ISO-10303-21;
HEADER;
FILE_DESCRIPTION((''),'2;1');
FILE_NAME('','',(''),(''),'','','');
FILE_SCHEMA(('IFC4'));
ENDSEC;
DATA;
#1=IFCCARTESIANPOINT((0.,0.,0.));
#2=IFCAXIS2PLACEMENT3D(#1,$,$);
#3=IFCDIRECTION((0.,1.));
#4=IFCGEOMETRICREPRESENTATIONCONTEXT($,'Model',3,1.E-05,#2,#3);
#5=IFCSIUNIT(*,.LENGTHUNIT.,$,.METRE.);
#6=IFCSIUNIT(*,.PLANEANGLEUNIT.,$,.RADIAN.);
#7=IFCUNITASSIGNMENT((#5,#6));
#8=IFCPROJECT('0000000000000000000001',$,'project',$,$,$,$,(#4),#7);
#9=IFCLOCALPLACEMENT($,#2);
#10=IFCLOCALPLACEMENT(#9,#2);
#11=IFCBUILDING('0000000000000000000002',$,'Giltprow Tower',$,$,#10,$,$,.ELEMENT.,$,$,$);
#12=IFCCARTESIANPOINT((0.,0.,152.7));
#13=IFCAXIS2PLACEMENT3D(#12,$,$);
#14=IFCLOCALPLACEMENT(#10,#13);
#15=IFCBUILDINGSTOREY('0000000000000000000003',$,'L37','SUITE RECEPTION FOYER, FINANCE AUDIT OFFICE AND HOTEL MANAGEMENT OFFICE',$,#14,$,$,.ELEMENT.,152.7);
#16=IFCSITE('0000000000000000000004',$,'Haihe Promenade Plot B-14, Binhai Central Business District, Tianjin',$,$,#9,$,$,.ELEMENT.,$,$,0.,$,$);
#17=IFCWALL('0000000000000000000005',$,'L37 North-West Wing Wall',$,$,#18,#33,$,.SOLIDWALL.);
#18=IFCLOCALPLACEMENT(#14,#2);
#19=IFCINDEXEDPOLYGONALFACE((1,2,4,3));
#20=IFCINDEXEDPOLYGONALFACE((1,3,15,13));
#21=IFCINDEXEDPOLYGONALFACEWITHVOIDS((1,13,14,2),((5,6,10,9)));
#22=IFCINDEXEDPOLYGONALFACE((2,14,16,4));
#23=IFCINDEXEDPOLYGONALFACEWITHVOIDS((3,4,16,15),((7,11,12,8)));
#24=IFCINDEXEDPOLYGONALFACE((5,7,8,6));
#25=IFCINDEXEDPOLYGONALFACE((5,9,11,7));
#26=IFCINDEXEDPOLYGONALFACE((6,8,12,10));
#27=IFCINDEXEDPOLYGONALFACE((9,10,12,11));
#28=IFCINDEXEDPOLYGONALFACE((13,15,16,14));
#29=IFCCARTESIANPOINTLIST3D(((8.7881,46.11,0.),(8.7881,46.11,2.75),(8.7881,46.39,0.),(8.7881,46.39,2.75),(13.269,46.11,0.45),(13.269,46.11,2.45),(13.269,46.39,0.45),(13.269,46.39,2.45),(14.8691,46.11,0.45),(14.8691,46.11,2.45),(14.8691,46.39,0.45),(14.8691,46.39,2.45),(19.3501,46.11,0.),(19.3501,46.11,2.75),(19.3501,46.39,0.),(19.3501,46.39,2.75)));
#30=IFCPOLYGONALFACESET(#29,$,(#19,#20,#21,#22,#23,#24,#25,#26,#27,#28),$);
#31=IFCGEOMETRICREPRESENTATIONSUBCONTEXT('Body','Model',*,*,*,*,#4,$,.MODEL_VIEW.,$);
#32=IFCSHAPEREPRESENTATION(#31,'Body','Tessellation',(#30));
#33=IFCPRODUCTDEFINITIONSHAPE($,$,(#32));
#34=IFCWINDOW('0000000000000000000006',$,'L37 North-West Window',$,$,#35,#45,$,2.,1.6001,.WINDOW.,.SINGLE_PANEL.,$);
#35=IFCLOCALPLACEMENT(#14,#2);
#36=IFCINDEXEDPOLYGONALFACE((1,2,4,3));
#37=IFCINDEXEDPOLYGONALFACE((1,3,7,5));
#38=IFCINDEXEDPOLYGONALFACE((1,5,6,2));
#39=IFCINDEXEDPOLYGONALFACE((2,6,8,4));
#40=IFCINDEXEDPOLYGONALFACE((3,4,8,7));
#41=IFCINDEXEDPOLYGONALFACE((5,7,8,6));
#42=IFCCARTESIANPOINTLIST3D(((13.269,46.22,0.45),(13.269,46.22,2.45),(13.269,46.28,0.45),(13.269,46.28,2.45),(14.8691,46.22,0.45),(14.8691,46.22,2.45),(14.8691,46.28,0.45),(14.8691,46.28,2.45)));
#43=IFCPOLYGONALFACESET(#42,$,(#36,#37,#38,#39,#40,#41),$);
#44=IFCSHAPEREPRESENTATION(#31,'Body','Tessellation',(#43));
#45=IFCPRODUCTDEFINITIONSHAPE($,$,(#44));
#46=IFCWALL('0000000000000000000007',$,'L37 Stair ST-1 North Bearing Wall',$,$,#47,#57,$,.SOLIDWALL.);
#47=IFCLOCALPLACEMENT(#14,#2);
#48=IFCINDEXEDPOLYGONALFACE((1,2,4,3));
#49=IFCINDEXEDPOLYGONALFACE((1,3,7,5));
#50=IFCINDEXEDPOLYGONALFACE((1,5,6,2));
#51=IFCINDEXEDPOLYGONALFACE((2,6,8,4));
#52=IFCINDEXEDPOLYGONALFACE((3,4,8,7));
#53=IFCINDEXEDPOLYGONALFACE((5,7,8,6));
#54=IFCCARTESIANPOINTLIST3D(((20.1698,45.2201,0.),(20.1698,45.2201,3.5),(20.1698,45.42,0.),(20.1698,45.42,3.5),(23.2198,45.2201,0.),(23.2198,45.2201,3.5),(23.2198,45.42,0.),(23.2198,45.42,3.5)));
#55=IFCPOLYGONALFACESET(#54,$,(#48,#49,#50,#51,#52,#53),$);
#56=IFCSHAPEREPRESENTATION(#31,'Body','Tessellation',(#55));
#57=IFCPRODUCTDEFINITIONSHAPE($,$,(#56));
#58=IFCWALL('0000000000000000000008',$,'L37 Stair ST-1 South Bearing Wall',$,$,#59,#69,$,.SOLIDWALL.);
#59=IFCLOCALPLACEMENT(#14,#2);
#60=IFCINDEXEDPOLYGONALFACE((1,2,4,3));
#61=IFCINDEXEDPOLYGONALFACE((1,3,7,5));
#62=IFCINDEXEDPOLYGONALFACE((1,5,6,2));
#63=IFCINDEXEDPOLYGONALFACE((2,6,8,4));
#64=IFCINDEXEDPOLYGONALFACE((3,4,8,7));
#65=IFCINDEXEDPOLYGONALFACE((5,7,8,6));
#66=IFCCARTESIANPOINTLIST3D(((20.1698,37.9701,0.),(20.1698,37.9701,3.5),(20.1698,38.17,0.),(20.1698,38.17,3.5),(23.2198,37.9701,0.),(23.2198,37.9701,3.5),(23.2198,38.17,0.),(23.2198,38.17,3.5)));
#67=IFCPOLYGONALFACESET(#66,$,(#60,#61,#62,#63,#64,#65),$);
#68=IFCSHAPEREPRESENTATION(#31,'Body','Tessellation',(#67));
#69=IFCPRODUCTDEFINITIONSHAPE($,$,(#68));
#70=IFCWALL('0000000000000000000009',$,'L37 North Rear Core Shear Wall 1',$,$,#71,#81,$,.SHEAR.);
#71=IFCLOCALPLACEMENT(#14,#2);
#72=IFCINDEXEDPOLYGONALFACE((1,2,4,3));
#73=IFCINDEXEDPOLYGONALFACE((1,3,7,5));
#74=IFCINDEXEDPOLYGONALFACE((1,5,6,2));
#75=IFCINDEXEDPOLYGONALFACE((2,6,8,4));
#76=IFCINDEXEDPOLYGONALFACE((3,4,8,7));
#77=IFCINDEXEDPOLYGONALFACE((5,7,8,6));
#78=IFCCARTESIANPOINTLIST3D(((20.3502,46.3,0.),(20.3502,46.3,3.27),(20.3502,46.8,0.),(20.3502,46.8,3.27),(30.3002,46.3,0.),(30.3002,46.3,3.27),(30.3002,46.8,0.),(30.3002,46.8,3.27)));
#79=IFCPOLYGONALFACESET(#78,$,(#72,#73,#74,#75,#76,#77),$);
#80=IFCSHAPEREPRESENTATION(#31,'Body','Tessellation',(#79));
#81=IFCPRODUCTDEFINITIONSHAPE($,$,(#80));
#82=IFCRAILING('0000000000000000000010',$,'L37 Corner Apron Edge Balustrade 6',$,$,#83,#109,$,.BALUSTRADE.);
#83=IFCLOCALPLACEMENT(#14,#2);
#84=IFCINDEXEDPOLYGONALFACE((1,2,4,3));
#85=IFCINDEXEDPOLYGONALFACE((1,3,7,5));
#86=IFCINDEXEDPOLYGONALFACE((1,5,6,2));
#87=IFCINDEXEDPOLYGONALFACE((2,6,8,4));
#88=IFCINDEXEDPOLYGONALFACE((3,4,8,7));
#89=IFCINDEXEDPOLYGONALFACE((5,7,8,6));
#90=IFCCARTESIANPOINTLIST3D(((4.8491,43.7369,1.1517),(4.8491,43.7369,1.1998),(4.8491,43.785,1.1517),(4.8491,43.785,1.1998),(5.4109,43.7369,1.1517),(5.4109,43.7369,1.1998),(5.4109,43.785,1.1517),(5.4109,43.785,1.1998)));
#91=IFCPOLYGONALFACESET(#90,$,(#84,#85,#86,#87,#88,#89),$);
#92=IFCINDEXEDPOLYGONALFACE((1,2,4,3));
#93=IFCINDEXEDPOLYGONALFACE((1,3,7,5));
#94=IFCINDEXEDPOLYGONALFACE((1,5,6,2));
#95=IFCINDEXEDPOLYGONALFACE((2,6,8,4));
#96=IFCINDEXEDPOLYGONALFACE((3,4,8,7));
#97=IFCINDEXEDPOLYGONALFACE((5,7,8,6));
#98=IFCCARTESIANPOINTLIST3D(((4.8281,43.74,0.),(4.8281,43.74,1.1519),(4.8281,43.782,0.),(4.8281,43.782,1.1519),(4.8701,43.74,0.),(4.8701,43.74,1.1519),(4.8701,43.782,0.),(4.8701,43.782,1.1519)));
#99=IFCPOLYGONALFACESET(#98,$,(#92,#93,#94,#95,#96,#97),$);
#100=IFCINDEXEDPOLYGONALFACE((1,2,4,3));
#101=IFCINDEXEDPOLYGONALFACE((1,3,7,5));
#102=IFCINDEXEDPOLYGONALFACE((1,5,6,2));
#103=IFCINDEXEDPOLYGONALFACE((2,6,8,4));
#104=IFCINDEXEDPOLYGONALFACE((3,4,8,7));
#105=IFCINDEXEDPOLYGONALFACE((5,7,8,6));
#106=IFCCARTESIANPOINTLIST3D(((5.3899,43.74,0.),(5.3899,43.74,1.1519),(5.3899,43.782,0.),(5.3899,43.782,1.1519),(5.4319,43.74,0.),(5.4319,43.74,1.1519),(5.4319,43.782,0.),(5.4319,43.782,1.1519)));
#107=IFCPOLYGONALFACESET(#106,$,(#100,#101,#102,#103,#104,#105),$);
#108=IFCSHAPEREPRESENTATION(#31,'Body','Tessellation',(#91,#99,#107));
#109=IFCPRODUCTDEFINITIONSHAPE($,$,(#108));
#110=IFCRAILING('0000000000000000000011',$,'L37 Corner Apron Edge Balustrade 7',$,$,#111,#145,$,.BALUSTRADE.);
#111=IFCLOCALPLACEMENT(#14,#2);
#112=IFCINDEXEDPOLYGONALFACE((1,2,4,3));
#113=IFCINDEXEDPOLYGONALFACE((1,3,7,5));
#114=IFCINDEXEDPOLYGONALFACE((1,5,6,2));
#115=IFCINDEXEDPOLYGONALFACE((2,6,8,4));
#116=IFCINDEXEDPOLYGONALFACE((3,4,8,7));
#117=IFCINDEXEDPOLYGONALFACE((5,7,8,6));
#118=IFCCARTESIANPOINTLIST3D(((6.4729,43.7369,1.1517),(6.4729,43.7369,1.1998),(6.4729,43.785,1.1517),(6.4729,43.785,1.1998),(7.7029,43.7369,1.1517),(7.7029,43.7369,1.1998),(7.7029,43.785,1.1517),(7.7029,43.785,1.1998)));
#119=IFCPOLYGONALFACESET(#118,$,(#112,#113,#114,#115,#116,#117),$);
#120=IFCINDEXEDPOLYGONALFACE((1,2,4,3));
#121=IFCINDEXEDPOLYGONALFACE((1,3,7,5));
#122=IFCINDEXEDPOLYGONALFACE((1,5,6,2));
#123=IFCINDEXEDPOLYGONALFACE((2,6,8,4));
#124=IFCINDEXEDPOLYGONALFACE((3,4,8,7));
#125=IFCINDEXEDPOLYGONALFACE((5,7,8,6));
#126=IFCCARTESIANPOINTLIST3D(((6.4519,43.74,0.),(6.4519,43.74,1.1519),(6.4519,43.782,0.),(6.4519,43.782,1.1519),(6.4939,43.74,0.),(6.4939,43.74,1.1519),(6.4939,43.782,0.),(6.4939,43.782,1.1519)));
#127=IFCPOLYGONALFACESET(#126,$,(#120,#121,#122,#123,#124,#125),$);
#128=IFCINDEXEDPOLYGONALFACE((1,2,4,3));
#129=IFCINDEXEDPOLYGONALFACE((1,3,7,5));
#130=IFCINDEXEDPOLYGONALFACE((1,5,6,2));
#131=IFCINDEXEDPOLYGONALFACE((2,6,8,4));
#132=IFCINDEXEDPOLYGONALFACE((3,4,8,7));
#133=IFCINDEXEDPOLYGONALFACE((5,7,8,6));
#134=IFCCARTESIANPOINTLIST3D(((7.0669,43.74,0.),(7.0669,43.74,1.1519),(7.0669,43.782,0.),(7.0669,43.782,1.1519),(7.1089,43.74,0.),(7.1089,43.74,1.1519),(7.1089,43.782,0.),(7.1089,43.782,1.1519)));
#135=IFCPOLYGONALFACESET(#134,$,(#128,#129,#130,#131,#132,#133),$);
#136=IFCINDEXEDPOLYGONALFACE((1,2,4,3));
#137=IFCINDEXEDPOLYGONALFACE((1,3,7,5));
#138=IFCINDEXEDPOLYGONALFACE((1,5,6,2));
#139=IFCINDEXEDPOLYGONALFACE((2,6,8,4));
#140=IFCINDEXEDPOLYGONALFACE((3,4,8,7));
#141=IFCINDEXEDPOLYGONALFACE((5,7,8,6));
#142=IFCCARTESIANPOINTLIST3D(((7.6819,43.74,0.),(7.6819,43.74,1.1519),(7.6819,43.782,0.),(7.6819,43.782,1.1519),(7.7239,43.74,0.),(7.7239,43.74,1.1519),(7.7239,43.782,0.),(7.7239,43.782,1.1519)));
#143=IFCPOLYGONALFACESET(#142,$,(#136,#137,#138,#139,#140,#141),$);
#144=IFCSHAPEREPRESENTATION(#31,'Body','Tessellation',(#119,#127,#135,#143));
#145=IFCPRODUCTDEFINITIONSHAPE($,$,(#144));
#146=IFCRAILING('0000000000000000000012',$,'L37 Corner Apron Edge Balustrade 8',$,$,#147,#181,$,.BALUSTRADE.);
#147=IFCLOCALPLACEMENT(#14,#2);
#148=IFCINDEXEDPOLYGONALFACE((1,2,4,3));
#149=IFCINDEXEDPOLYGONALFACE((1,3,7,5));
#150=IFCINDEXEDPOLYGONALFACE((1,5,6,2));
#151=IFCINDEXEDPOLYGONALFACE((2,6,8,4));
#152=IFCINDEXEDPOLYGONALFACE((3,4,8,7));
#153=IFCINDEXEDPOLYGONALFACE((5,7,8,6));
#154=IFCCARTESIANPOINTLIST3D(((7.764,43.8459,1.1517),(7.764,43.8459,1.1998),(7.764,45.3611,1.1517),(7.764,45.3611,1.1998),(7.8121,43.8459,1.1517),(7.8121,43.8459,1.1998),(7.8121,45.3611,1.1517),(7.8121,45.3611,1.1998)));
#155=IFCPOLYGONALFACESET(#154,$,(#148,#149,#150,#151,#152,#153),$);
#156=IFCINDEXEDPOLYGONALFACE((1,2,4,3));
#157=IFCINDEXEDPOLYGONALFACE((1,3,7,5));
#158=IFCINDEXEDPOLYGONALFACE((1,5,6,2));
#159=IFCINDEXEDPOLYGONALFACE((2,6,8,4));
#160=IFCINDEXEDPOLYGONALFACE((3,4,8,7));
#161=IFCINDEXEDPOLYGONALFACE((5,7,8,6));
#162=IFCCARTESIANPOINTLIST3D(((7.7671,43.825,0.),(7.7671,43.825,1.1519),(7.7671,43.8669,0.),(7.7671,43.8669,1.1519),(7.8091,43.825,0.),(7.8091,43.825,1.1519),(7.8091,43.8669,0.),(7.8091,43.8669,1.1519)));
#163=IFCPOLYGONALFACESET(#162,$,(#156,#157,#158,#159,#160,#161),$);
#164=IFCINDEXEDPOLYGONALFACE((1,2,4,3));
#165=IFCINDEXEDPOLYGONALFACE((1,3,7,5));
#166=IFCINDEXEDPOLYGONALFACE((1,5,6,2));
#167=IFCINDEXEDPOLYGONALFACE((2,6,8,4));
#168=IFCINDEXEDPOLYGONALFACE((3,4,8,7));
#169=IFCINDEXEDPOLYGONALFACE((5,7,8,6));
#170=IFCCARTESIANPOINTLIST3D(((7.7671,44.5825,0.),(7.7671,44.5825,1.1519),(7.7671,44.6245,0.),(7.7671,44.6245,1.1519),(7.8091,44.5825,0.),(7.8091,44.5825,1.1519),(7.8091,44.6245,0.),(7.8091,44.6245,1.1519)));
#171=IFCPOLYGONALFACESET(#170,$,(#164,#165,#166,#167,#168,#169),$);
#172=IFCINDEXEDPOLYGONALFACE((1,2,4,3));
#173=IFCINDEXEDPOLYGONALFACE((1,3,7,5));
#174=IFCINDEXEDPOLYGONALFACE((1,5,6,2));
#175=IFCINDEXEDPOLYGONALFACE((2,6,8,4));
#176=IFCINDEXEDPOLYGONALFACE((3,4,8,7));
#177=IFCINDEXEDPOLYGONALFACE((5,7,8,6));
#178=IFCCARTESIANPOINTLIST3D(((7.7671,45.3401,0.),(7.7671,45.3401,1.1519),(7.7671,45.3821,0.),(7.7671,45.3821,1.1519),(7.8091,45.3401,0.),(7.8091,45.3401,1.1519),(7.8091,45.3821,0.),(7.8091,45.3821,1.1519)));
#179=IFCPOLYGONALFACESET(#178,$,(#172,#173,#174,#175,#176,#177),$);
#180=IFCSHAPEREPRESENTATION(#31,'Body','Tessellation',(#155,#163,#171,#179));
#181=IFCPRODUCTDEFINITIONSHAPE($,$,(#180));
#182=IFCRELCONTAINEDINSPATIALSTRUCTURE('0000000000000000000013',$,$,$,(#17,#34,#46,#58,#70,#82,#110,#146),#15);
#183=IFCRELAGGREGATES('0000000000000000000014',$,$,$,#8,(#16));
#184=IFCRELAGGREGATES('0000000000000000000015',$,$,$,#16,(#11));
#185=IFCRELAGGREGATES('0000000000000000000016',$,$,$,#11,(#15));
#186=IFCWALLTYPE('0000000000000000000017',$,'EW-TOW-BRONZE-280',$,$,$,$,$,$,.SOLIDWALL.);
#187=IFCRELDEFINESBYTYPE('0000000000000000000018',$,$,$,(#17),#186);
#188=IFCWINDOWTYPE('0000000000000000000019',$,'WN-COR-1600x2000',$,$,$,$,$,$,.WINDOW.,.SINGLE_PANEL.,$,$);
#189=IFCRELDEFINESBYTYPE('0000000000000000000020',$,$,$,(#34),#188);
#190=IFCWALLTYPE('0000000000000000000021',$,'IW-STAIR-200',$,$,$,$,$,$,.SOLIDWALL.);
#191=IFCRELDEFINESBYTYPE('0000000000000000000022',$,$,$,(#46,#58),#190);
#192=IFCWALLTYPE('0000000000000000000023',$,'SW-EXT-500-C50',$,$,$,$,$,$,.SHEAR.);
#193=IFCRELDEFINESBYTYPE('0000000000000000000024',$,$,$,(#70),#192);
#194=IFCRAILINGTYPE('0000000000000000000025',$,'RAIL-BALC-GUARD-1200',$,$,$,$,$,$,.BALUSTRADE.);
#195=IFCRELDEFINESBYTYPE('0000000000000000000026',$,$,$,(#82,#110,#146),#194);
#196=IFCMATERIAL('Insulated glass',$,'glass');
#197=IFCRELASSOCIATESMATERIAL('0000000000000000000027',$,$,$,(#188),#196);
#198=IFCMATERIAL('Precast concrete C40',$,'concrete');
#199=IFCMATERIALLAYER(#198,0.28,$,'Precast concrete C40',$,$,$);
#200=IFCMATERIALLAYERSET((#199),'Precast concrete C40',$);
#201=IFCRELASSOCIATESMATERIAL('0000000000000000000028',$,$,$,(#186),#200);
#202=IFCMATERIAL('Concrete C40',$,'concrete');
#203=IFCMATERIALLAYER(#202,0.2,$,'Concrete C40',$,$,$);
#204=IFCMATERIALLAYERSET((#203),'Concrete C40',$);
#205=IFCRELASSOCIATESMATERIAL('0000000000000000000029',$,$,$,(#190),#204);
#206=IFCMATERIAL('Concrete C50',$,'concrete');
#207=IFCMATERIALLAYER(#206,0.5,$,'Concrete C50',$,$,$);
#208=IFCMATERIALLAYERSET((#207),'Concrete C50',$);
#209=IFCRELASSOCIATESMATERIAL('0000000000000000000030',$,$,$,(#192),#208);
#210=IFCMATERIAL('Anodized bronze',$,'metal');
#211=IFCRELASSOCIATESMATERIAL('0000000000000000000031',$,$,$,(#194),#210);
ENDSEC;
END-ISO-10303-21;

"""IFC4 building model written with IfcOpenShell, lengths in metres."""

from ifc_helpers import new_model, si_unit, direction, frame, frame_2d, origin, origin_2d, place, context, subcontext, project, spatial, rectangle, extrude, source, transform, mapped, material, layer, layer_set, type_object, element, fill, save


model = new_model("IFC4")

# Units and contexts
model_context = context("Model", 3, precision=1e-05, world=origin(), true_north=direction((0.0, 1.0)))
body_context = subcontext(model_context, "Body", "Model", "MODEL_VIEW")
ifc_project = project(units=[si_unit("LENGTHUNIT", "METRE"), si_unit("PLANEANGLEUNIT", "RADIAN")], contexts=[model_context])

# Site, building, storey
site_placement = place(None, origin())
site = spatial("IfcSite", under=ifc_project, at=site_placement, Name="Haihe Promenade Plot B-14, Binhai Central Business District, Tianjin", CompositionType="ELEMENT", RefElevation=0.0)
building_placement = place(site_placement, origin())
building = spatial("IfcBuilding", under=site, at=building_placement, Name="Giltprow Tower", CompositionType="ELEMENT")
storey_placement = place(building_placement, frame((0.0, 0.0, 152.7)))
storey = spatial("IfcBuildingStorey", under=building, at=storey_placement, Name="L37", Description="SUITE RECEPTION FOYER, FINANCE AUDIT OFFICE AND HOTEL MANAGEMENT OFFICE", CompositionType="ELEMENT", Elevation=152.7)

# Shared definitions
ifc_material_1 = material(Name="Concrete C50", Category="concrete")

# Wall, opening, window
ifc_material_2 = material(Name="Precast concrete C40", Category="concrete")
ifc_material_3 = material(Name="Insulated glass", Category="glass")
window_type = type_object("IfcWindowType", Name="WN-COR-1600x2000", PartitioningType="SINGLE_PANEL", PredefinedType="WINDOW", material=ifc_material_3)
shared_shape_1 = source(origin(), body_context, "Body", "SweptSolid", [
    extrude(rectangle(XDim=1.6001, YDim=2.0, at=frame_2d((0.8, 1.0))), frame((0.0, 0.03, 0.0), z_axis=(0.0, -1.0, 0.0), x_axis=(1.0, 0.0, 0.0)), (0.0, 0.0, 1.0), 0.0601),
])
ifc_layer_1 = layer(ifc_material_2, 0.28, Name="Precast concrete C40")
ifc_layer_set_1 = layer_set([ifc_layer_1], Name="Precast concrete C40")
wall_type_1 = type_object("IfcWallType", Name="EW-TOW-BRONZE-280", PredefinedType="SOLIDWALL", material=ifc_layer_set_1)
wall_1_placement = place(storey_placement, frame((8.7881, 46.25, 0.0), z_axis=(0.0, 0.0, 1.0), x_axis=(1.0, 0.0, 0.0)))
wall_1 = element("IfcWall", 1, at=wall_1_placement, inside=storey, type_object=wall_type_1, Name="L37 North-West Wing Wall", PredefinedType="SOLIDWALL", context=body_context, shape_type="SweptSolid", body=[
    extrude(rectangle(XDim=10.562, YDim=0.28, at=frame_2d((5.281, 0.0))), origin(), (0.0, 0.0, 1.0), 2.75),
])
opening_1_placement = place(wall_1_placement, frame((4.481, 0.0, 0.45)))
opening_1 = element("IfcOpeningElement", 2, at=opening_1_placement, cuts=wall_1, PredefinedType="OPENING", context=body_context, shape_type="SweptSolid", body=[
    extrude(rectangle(XDim=1.6001, YDim=2.0, at=frame_2d((0.8, 1.0))), frame((0.0, 0.1499, 0.0), z_axis=(0.0, -1.0, 0.0), x_axis=(1.0, 0.0, 0.0)), (0.0, 0.0, 1.0), 0.3),
])
window_1_placement = place(opening_1_placement, origin())
window_1 = element("IfcWindow", 3, at=window_1_placement, inside=storey, type_object=window_type, Name="L37 North-West Window", OverallHeight=2.0, OverallWidth=1.6001, PartitioningType="SINGLE_PANEL", PredefinedType="WINDOW", context=body_context, shape_type="MappedRepresentation", body=[
    mapped(shared_shape_1, transform((0.0, 0.0, 0.0), x_axis=(1.0, 0.0, 0.0), y_axis=(0.0, 1.0, 0.0), z_axis=(0.0, 0.0, 1.0), scale=1.0)),
])
fill(opening_1, window_1)

# Walls
ifc_material_4 = material(Name="Concrete C40", Category="concrete")
ifc_layer_2 = layer(ifc_material_4, 0.2, Name="Concrete C40")
ifc_layer_set_2 = layer_set([ifc_layer_2], Name="Concrete C40")
wall_type_2 = type_object("IfcWallType", Name="IW-STAIR-200", PredefinedType="SOLIDWALL", material=ifc_layer_set_2)
for number, where, z_axis, x_axis, name in (
    (4, (20.1699, 45.3201, 0.0), (0.0, 0.0, 1.0), (1.0, 0.0, 0.0), "L37 Stair ST-1 North Bearing Wall"),
    (5, (20.1699, 38.0701, 0.0), (0.0, 0.0, 1.0), (1.0, 0.0, 0.0), "L37 Stair ST-1 South Bearing Wall"),
):
    element("IfcWall", number, at=place(storey_placement, frame(where, z_axis=z_axis, x_axis=x_axis)), inside=storey, type_object=wall_type_2, Name=name, PredefinedType="SOLIDWALL", context=body_context, shape_type="SweptSolid", body=[
        extrude(rectangle(XDim=3.05, YDim=0.2, at=frame_2d((1.5249, 0.0))), origin(), (0.0, 0.0, 1.0), 3.5),
    ])
ifc_layer_3 = layer(ifc_material_1, 0.5, Name="Concrete C50")
ifc_layer_set_3 = layer_set([ifc_layer_3], Name="Concrete C50")
wall_type_3 = type_object("IfcWallType", Name="SW-EXT-500-C50", PredefinedType="SHEAR", material=ifc_layer_set_3)
wall_2_placement = place(storey_placement, frame((20.3501, 46.55, 0.0), z_axis=(0.0, 0.0, 1.0), x_axis=(1.0, 0.0, 0.0)))
element("IfcWall", 6, at=wall_2_placement, inside=storey, type_object=wall_type_3, Name="L37 North Rear Core Shear Wall 1", PredefinedType="SHEAR", context=body_context, shape_type="SweptSolid", body=[
    extrude(rectangle(XDim=9.95, YDim=0.5, at=frame_2d((4.9751, 0.0))), origin(), (0.0, 0.0, 1.0), 3.27),
])

# Railings
ifc_material_5 = material(Name="Anodized bronze", Category="metal")
railing_type_1 = type_object("IfcRailingType", Name="RAIL-BALC-GUARD-1200", PredefinedType="BALUSTRADE", material=ifc_material_5)
railing_1_placement = place(storey_placement, frame((4.8491, 43.761, 0.0)))
element("IfcRailing", 7, at=railing_1_placement, inside=storey, type_object=railing_type_1, Name="L37 Corner Apron Edge Balustrade 6", PredefinedType="BALUSTRADE", context=body_context, shape_type="SweptSolid", body=[
    extrude(rectangle(XDim=0.0481, YDim=0.0481, at=origin_2d()), frame((0.0, 0.0, 1.1758), z_axis=(1.0, 0.0, 0.0), x_axis=(0.0, 1.0, 0.0)), (0.0, 0.0, 1.0), 0.5618),
    extrude(rectangle(XDim=0.042, YDim=0.042, at=origin_2d()), origin(), (0.0, 0.0, 1.0), 1.1519),
    extrude(rectangle(XDim=0.042, YDim=0.042, at=origin_2d()), frame((0.5618, 0.0, 0.0)), (0.0, 0.0, 1.0), 1.1519),
])
railing_2_placement = place(storey_placement, frame((6.4729, 43.761, 0.0)))
element("IfcRailing", 8, at=railing_2_placement, inside=storey, type_object=railing_type_1, Name="L37 Corner Apron Edge Balustrade 7", PredefinedType="BALUSTRADE", context=body_context, shape_type="SweptSolid", body=[
    extrude(rectangle(XDim=0.0481, YDim=0.0481, at=origin_2d()), frame((0.0, 0.0, 1.1758), z_axis=(1.0, 0.0, 0.0), x_axis=(0.0, 1.0, 0.0)), (0.0, 0.0, 1.0), 1.23),
    extrude(rectangle(XDim=0.042, YDim=0.042, at=origin_2d()), origin(), (0.0, 0.0, 1.0), 1.1519),
    extrude(rectangle(XDim=0.042, YDim=0.042, at=origin_2d()), frame((0.615, 0.0, 0.0)), (0.0, 0.0, 1.0), 1.1519),
    extrude(rectangle(XDim=0.042, YDim=0.042, at=origin_2d()), frame((1.23, 0.0, 0.0)), (0.0, 0.0, 1.0), 1.1519),
])
railing_3_placement = place(storey_placement, frame((7.7881, 43.8459, 0.0)))
element("IfcRailing", 9, at=railing_3_placement, inside=storey, type_object=railing_type_1, Name="L37 Corner Apron Edge Balustrade 8", PredefinedType="BALUSTRADE", context=body_context, shape_type="SweptSolid", body=[
    extrude(rectangle(XDim=0.0481, YDim=0.0481, at=origin_2d()), frame((0.0, 0.0, 1.1758), z_axis=(0.0, 1.0, 0.0), x_axis=(-1.0, 0.0, 0.0)), (0.0, 0.0, 1.0), 1.5151),
    extrude(rectangle(XDim=0.042, YDim=0.042, at=origin_2d()), origin(), (0.0, 0.0, 1.0), 1.1519),
    extrude(rectangle(XDim=0.042, YDim=0.042, at=origin_2d()), frame((0.0, 0.7576, 0.0)), (0.0, 0.0, 1.0), 1.1519),
    extrude(rectangle(XDim=0.042, YDim=0.042, at=origin_2d()), frame((0.0, 1.5151, 0.0)), (0.0, 0.0, 1.0), 1.1519),
])

save(model, "model.ifc")
